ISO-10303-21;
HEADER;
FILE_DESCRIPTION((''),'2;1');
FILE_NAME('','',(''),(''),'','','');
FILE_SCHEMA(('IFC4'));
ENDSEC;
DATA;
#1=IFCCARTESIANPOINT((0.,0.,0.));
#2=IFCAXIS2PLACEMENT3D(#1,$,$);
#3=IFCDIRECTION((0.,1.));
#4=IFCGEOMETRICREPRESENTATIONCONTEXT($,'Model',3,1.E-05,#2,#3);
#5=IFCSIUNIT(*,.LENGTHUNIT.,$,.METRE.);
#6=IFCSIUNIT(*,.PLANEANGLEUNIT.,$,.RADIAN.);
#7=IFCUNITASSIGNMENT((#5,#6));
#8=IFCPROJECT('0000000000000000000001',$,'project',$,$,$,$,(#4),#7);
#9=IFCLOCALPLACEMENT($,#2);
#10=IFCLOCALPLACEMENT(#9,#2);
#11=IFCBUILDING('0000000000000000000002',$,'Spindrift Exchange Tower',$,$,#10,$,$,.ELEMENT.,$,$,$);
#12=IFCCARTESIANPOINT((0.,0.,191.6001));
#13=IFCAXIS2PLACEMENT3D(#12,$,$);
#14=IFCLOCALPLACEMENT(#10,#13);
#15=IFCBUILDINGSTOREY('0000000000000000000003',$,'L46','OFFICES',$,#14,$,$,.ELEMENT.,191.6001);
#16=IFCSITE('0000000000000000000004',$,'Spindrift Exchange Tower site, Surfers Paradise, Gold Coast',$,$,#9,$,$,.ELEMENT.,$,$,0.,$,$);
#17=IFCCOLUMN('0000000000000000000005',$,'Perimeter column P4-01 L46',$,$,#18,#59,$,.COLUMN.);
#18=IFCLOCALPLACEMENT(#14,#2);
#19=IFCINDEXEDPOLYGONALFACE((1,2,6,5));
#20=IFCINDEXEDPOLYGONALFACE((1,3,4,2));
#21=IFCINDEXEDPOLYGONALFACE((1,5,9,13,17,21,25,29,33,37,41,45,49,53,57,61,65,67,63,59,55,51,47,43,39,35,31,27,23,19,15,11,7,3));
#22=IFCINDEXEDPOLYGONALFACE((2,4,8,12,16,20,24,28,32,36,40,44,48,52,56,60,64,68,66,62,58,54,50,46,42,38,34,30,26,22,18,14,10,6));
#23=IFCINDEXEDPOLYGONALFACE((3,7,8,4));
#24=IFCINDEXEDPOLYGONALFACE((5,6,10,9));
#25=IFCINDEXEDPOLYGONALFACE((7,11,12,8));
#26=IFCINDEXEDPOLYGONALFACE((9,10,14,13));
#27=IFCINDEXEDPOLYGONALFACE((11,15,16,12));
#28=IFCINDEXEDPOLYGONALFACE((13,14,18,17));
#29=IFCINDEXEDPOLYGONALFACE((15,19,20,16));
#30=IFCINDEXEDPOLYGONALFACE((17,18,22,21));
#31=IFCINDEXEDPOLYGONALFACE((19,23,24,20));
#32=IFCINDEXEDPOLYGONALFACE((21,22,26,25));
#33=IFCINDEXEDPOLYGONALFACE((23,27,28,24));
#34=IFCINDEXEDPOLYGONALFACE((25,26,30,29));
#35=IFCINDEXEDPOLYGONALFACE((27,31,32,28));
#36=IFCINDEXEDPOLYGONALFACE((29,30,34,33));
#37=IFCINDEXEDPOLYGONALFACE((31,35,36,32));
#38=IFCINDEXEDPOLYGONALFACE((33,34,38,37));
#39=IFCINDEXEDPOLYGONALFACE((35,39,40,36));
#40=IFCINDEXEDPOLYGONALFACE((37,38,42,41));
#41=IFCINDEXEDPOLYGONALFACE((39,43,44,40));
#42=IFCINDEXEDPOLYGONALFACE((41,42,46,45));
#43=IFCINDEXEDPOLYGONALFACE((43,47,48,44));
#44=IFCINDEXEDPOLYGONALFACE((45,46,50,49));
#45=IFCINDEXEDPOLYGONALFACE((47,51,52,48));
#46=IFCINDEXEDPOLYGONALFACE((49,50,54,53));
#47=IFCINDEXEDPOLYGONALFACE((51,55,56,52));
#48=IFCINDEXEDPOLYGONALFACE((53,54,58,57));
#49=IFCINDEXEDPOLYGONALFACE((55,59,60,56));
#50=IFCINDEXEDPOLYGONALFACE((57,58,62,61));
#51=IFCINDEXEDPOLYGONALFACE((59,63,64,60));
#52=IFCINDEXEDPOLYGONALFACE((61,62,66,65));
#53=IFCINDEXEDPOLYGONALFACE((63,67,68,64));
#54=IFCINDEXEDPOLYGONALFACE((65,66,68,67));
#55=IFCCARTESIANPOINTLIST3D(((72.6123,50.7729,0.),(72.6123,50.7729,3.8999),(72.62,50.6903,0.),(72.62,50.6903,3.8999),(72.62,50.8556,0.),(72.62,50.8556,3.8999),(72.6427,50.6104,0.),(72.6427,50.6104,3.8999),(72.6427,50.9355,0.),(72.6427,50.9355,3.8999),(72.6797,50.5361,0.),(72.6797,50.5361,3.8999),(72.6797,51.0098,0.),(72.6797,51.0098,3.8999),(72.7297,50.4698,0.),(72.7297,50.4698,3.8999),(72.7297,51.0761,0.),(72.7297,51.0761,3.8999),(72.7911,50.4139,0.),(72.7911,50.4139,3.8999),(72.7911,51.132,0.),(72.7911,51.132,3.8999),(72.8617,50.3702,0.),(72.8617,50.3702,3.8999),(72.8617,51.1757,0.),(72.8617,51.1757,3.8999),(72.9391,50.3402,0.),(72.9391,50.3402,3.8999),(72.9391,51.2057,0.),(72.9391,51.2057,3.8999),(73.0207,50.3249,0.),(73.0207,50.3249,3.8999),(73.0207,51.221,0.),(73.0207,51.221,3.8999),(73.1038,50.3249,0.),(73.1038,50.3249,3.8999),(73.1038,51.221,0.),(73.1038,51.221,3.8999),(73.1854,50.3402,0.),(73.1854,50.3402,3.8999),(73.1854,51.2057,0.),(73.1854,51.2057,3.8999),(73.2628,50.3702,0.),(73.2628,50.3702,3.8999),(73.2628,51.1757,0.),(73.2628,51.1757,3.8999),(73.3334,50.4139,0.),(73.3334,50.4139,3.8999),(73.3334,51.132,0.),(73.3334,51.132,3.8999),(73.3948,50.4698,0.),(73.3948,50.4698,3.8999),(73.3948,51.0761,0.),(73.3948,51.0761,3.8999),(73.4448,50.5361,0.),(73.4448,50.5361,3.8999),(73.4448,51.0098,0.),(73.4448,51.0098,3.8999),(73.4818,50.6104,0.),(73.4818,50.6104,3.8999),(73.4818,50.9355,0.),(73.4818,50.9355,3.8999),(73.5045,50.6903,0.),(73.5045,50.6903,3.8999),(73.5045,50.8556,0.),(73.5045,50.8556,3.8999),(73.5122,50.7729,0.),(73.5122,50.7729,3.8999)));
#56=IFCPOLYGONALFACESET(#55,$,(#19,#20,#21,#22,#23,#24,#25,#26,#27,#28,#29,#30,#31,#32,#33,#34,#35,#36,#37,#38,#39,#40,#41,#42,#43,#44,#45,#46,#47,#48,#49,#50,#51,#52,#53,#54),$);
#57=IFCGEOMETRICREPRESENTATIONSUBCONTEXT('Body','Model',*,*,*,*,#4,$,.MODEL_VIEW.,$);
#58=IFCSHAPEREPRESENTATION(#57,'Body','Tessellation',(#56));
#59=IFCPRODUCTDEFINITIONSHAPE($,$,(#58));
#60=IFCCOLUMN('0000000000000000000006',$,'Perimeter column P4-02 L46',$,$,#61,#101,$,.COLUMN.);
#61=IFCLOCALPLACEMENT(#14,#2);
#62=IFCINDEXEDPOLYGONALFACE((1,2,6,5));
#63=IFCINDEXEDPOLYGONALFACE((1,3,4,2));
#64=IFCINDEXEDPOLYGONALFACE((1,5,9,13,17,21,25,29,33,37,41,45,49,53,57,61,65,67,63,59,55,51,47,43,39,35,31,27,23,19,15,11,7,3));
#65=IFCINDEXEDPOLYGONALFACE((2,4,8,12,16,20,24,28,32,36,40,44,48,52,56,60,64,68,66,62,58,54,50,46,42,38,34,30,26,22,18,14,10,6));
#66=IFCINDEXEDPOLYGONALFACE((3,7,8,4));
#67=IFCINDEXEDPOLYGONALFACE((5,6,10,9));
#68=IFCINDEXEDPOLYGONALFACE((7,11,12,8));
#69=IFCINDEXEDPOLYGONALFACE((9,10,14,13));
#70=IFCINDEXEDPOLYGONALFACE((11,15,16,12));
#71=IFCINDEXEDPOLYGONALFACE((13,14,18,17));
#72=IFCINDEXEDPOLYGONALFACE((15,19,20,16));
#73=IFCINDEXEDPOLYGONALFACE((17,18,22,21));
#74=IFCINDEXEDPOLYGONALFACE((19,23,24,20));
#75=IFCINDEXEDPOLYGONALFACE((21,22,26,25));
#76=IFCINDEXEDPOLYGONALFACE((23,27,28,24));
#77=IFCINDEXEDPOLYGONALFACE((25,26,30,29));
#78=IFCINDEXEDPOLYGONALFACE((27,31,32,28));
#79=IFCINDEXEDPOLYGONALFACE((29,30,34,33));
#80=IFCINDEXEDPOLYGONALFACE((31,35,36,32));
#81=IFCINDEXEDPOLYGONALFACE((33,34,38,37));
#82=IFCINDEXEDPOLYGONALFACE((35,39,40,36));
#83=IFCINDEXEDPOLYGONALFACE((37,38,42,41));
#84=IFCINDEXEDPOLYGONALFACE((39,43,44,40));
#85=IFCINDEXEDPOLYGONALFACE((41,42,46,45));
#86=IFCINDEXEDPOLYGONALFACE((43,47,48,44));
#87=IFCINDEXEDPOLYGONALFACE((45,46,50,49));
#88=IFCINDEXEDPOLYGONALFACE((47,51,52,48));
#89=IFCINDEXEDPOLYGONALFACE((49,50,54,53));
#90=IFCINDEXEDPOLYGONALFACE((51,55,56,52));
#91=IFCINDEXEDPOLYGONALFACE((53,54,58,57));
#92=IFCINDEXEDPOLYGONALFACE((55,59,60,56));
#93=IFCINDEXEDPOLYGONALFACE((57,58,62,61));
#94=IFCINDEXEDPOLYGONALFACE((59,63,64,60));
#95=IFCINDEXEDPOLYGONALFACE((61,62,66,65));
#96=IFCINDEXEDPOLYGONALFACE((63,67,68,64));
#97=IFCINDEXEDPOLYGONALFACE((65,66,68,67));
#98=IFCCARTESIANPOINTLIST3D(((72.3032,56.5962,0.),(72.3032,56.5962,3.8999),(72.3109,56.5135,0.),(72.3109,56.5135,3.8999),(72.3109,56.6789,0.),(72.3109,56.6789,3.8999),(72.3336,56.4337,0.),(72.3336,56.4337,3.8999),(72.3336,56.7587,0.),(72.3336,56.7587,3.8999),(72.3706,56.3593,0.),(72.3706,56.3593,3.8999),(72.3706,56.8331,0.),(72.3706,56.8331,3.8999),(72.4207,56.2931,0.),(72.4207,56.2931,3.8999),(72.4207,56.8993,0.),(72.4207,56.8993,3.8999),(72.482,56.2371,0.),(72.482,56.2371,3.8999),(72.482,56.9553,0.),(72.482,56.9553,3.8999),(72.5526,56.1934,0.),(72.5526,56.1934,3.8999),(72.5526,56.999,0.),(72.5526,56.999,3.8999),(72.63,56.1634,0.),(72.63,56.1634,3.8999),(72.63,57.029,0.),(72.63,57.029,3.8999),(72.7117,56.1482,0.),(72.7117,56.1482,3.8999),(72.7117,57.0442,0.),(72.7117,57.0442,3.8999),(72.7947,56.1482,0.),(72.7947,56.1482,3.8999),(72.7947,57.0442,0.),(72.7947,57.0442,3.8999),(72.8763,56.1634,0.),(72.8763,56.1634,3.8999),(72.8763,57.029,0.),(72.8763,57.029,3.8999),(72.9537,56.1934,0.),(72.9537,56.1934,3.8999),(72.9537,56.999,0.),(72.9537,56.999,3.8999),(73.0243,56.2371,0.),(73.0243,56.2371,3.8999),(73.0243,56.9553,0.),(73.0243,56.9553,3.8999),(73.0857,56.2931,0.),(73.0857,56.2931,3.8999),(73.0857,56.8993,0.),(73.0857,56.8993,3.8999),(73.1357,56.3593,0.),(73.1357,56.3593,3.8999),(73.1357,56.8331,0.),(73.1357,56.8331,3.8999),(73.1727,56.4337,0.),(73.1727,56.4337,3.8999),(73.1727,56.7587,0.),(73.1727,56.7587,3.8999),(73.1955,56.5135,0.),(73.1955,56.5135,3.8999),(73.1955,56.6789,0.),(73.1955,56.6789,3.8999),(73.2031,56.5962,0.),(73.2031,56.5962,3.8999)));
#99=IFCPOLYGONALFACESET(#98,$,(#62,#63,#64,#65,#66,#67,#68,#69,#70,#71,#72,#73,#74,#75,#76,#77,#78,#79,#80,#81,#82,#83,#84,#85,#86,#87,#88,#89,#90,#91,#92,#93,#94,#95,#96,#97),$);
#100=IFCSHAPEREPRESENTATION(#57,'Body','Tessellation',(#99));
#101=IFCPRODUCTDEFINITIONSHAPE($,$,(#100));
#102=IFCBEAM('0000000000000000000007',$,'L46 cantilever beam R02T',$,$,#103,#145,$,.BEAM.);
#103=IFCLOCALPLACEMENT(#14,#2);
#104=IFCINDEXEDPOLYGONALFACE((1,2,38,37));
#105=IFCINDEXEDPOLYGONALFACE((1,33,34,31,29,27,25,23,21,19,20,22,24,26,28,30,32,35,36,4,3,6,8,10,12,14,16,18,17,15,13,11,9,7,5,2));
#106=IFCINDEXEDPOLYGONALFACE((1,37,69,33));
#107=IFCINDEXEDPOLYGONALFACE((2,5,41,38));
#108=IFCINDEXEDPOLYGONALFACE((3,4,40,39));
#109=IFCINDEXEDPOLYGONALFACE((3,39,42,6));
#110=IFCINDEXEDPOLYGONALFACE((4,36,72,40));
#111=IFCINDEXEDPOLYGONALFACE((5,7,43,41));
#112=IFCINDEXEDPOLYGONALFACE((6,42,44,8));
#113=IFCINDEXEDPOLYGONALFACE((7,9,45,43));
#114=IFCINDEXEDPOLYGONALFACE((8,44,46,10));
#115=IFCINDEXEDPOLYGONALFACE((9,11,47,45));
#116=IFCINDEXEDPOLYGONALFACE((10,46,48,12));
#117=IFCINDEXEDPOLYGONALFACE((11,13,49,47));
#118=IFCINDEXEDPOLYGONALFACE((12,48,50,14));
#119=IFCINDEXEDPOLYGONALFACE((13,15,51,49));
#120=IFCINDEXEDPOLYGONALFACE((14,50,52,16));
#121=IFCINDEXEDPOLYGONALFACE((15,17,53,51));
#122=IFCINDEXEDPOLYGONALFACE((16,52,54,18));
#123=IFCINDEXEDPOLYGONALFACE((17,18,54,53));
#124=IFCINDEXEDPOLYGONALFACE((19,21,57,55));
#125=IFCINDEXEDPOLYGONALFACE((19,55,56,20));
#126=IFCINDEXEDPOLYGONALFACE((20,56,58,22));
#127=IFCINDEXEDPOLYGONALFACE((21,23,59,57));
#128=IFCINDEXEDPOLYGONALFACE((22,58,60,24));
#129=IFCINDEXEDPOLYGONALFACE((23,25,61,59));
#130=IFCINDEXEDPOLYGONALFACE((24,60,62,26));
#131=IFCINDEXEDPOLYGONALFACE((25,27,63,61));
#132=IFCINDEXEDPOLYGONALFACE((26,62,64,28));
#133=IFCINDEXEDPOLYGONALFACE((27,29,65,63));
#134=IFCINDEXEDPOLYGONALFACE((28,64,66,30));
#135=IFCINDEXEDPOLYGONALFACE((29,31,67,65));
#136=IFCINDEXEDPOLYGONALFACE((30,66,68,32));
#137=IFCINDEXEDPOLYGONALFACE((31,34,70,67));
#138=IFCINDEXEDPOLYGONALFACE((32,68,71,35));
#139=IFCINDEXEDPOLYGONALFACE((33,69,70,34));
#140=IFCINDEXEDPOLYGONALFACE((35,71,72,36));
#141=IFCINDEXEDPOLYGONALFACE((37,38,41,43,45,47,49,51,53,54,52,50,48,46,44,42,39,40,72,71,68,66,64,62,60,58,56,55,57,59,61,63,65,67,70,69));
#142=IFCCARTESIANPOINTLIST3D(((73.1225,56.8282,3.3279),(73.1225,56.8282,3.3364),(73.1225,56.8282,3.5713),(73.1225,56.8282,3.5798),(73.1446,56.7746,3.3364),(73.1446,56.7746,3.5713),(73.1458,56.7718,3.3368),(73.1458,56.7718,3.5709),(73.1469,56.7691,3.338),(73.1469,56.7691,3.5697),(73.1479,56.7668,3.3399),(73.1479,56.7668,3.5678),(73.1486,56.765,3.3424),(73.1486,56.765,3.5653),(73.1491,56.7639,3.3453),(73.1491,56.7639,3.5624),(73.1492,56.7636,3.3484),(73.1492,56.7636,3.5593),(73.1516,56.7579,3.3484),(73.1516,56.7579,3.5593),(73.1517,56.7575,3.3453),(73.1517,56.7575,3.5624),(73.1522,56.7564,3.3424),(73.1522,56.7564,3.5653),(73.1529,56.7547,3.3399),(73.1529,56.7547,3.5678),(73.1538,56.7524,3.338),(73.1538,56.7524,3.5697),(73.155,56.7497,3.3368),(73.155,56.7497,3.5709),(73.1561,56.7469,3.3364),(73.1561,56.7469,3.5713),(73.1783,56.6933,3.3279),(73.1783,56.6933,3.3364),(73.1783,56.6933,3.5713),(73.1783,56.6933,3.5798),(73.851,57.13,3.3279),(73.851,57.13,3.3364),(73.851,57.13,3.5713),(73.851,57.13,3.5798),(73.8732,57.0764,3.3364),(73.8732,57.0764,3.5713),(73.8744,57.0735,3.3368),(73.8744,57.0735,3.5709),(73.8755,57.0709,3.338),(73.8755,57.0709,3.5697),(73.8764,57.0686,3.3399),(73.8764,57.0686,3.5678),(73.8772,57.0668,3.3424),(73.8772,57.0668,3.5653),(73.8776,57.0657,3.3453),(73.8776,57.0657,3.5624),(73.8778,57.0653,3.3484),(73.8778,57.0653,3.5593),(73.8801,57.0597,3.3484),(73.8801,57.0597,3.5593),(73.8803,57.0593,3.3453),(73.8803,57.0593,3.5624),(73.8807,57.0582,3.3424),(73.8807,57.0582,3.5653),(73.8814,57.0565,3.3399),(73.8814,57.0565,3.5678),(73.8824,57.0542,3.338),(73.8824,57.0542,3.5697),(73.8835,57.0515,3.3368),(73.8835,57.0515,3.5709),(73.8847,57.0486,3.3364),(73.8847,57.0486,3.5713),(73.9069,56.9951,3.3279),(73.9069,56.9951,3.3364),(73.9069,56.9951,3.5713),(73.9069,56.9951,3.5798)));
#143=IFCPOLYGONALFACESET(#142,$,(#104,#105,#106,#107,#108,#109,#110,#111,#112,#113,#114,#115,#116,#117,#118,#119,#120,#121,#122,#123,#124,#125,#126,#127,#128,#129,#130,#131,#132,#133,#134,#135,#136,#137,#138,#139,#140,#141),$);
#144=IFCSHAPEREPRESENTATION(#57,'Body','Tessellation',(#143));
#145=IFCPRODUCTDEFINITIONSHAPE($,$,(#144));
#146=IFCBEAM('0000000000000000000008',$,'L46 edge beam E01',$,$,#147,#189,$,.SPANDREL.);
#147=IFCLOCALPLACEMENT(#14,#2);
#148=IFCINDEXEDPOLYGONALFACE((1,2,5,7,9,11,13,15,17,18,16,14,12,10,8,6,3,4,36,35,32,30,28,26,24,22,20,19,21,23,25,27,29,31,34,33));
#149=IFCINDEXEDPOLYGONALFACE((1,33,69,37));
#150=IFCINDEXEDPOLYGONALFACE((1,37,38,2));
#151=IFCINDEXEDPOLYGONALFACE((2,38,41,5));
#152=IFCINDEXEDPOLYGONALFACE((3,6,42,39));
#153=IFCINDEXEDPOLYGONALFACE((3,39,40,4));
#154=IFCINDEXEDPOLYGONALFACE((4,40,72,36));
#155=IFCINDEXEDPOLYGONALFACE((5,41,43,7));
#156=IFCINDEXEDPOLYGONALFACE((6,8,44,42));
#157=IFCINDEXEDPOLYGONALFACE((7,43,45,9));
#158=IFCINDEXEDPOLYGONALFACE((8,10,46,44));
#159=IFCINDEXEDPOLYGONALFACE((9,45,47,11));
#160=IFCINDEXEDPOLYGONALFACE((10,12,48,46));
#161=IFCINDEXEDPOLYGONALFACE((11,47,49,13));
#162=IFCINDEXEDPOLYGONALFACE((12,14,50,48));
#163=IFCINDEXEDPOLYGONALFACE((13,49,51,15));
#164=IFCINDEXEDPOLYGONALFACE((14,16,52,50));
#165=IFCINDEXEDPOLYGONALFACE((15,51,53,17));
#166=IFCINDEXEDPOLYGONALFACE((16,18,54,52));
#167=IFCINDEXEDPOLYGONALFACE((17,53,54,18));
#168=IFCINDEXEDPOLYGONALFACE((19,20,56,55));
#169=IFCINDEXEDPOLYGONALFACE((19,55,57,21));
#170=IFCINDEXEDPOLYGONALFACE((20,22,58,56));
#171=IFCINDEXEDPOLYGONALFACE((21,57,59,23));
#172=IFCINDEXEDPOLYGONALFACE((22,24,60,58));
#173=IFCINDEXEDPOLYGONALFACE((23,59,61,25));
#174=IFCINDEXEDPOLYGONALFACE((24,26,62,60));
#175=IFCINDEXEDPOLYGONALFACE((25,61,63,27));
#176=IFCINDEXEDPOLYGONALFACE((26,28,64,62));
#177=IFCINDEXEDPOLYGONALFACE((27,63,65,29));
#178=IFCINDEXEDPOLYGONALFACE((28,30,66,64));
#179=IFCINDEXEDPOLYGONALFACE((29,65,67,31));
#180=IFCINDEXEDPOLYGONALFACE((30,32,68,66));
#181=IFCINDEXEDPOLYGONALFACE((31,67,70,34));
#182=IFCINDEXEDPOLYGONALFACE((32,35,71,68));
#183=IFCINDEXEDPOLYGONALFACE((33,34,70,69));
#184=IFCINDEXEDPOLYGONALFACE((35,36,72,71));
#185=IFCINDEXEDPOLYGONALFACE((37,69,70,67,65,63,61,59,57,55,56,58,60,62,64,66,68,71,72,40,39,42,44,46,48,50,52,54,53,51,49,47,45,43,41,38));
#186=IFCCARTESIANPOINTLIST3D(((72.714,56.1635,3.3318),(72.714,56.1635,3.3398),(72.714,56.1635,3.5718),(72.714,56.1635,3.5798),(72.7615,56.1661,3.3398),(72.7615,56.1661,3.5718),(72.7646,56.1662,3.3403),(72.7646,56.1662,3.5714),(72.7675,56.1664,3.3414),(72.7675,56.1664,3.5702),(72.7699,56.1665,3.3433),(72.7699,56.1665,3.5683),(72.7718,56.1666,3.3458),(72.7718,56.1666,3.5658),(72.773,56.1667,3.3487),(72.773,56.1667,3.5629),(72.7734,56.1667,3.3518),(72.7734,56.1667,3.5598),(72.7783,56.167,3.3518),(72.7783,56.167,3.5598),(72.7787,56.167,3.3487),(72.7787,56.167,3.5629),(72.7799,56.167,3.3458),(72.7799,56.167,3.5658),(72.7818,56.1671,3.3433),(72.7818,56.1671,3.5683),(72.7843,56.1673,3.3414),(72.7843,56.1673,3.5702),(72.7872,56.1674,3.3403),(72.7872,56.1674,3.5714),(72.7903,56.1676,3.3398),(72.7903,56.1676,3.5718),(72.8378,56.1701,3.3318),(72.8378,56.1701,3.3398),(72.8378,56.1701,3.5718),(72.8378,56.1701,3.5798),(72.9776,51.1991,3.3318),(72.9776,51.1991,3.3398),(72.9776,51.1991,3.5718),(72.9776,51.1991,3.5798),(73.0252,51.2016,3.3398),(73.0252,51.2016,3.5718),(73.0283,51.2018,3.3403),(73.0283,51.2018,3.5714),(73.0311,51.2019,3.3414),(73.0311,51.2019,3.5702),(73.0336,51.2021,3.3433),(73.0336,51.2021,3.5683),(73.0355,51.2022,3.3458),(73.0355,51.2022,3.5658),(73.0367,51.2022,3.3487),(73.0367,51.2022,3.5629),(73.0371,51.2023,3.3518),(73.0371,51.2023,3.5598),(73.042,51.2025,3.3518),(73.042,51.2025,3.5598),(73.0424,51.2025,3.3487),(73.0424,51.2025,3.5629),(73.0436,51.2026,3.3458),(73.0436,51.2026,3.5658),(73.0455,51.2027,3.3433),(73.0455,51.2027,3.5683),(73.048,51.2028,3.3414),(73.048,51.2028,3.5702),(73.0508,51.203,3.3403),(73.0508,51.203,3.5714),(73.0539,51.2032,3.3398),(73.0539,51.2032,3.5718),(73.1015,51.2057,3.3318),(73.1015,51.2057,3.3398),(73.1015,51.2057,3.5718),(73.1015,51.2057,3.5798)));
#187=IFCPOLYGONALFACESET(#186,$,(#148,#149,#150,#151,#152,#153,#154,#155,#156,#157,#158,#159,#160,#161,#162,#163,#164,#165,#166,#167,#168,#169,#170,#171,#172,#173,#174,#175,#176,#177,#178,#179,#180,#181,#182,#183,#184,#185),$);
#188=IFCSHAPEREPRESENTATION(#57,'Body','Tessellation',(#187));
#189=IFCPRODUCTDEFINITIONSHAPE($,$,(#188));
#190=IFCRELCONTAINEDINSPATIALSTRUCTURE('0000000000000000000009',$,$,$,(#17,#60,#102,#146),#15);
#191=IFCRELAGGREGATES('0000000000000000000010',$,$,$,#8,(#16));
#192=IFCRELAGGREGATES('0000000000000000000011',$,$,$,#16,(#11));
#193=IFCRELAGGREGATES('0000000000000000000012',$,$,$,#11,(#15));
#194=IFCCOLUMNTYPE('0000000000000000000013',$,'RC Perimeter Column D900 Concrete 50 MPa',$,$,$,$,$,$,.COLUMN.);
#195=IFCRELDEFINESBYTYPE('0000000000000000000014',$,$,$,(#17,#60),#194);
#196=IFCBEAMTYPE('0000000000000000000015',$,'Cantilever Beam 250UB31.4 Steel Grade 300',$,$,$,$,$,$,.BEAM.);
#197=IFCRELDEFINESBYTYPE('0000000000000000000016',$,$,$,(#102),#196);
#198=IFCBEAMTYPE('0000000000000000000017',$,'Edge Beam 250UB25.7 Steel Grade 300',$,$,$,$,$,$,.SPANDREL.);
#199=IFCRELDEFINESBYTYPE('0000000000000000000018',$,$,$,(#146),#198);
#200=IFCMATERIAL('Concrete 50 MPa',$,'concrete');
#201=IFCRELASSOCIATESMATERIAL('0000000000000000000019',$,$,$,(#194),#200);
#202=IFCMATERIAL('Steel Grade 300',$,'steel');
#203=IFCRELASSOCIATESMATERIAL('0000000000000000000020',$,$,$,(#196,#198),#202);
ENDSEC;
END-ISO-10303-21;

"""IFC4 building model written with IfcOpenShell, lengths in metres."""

from ifc_helpers import new_model, si_unit, direction, frame, origin, origin_2d, place, context, subcontext, project, spatial, circle, i_section, extrude, source, transform, mapped, material, material_profile, profile_set, type_object, element, save


model = new_model("IFC4")

# Units and contexts
model_context = context("Model", 3, precision=1e-05, world=origin(), true_north=direction((0.0, 1.0)))
body_context = subcontext(model_context, "Body", "Model", "MODEL_VIEW")
ifc_project = project(units=[si_unit("LENGTHUNIT", "METRE"), si_unit("PLANEANGLEUNIT", "RADIAN")], contexts=[model_context])

# Site, building, storey
site_placement = place(None, origin())
site = spatial("IfcSite", under=ifc_project, at=site_placement, Name="Spindrift Exchange Tower site, Surfers Paradise, Gold Coast", CompositionType="ELEMENT", RefElevation=0.0)
building_placement = place(site_placement, origin())
building = spatial("IfcBuilding", under=site, at=building_placement, Name="Spindrift Exchange Tower", CompositionType="ELEMENT")
storey_placement = place(building_placement, frame((0.0, 0.0, 191.6001)))
storey = spatial("IfcBuildingStorey", under=building, at=storey_placement, Name="L46", Description="OFFICES", CompositionType="ELEMENT", Elevation=191.6001)

# Columns
ifc_material_1 = material(Name="Concrete 50 MPa", Category="concrete")
ifc_material_profile_1 = material_profile(ifc_material_1, circle(Radius=0.45, at=origin_2d()), Name="RC D900")
ifc_profile_set_1 = profile_set([ifc_material_profile_1], Name="Concrete 50 MPa")
column_type = type_object("IfcColumnType", Name="RC Perimeter Column D900 Concrete 50 MPa", PredefinedType="COLUMN", material=ifc_profile_set_1)
shared_shape_1 = source(origin(), body_context, "Body", "SweptSolid", [
    extrude(circle(Radius=0.45, at=origin_2d()), origin(), (0.0, 0.0, 1.0), 3.8999),
])
for number, where, z_axis, x_axis, name in (
    (1, (73.0623, 50.7729, 0.0), (0.0, 0.0, 1.0), (1.0, 0.0, 0.0), "Perimeter column P4-01 L46"),
    (2, (72.7532, 56.5962, 0.0), (0.0, 0.0, 1.0), (1.0, 0.0, 0.0), "Perimeter column P4-02 L46"),
):
    element("IfcColumn", number, at=place(storey_placement, frame(where, z_axis=z_axis, x_axis=x_axis)), inside=storey, type_object=column_type, Name=name, PredefinedType="COLUMN", context=body_context, shape_type="MappedRepresentation", body=[
        mapped(shared_shape_1, transform((0.0, 0.0, 0.0), scale=1.0)),
    ])

# Beams
ifc_material_2 = material(Name="Steel Grade 300", Category="steel")
ifc_material_profile_2 = material_profile(ifc_material_2, i_section(OverallWidth=0.146, OverallDepth=0.252, WebThickness=0.0061, FlangeThickness=0.0085, FilletRadius=0.012, at=origin_2d()), Name="250UB31.4")
ifc_profile_set_2 = profile_set([ifc_material_profile_2], Name="Steel Grade 300")
beam_type_1 = type_object("IfcBeamType", Name="Cantilever Beam 250UB31.4 Steel Grade 300", PredefinedType="BEAM", material=ifc_profile_set_2)
shared_shape_2 = source(origin(), body_context, "Body", "SweptSolid", [
    extrude(i_section(OverallWidth=0.146, OverallDepth=0.252, WebThickness=0.0061, FlangeThickness=0.0085, FilletRadius=0.012, at=origin_2d()), origin(), (0.0, 0.0, 1.0), 0.7886),
])
beam_1_placement = place(storey_placement, frame((73.1504, 56.7607, 3.4539), z_axis=(0.923881, 0.38268, 0.0), x_axis=(-0.38268, 0.923881, 0.0)))
element("IfcBeam", 3, at=beam_1_placement, inside=storey, type_object=beam_type_1, Name="L46 cantilever beam R02T", PredefinedType="BEAM", context=body_context, shape_type="MappedRepresentation", body=[
    mapped(shared_shape_2, transform((0.0, 0.0, 0.0), scale=1.0)),
])
ifc_material_profile_3 = material_profile(ifc_material_2, i_section(OverallWidth=0.124, OverallDepth=0.248, WebThickness=0.0049, FlangeThickness=0.0081, FilletRadius=0.012, at=origin_2d()), Name="250UB25.7")
ifc_profile_set_3 = profile_set([ifc_material_profile_3], Name="Steel Grade 300")
beam_type_2 = type_object("IfcBeamType", Name="Edge Beam 250UB25.7 Steel Grade 300", PredefinedType="SPANDREL", material=ifc_profile_set_3)
shared_shape_3 = source(origin(), body_context, "Body", "SweptSolid", [
    extrude(i_section(OverallWidth=0.124, OverallDepth=0.248, WebThickness=0.0049, FlangeThickness=0.0081, FilletRadius=0.012, at=origin_2d()), origin(), (0.0, 0.0, 1.0), 4.9714),
])
beam_2_placement = place(storey_placement, frame((73.0396, 51.2024, 3.4558), z_axis=(-0.053038, 0.998592, 0.0), x_axis=(-0.998592, -0.053038, 0.0)))
element("IfcBeam", 4, at=beam_2_placement, inside=storey, type_object=beam_type_2, Name="L46 edge beam E01", PredefinedType="SPANDREL", context=body_context, shape_type="MappedRepresentation", body=[
    mapped(shared_shape_3, transform((0.0, 0.0, 0.0), scale=1.0)),
])

save(model, "model.ifc")
